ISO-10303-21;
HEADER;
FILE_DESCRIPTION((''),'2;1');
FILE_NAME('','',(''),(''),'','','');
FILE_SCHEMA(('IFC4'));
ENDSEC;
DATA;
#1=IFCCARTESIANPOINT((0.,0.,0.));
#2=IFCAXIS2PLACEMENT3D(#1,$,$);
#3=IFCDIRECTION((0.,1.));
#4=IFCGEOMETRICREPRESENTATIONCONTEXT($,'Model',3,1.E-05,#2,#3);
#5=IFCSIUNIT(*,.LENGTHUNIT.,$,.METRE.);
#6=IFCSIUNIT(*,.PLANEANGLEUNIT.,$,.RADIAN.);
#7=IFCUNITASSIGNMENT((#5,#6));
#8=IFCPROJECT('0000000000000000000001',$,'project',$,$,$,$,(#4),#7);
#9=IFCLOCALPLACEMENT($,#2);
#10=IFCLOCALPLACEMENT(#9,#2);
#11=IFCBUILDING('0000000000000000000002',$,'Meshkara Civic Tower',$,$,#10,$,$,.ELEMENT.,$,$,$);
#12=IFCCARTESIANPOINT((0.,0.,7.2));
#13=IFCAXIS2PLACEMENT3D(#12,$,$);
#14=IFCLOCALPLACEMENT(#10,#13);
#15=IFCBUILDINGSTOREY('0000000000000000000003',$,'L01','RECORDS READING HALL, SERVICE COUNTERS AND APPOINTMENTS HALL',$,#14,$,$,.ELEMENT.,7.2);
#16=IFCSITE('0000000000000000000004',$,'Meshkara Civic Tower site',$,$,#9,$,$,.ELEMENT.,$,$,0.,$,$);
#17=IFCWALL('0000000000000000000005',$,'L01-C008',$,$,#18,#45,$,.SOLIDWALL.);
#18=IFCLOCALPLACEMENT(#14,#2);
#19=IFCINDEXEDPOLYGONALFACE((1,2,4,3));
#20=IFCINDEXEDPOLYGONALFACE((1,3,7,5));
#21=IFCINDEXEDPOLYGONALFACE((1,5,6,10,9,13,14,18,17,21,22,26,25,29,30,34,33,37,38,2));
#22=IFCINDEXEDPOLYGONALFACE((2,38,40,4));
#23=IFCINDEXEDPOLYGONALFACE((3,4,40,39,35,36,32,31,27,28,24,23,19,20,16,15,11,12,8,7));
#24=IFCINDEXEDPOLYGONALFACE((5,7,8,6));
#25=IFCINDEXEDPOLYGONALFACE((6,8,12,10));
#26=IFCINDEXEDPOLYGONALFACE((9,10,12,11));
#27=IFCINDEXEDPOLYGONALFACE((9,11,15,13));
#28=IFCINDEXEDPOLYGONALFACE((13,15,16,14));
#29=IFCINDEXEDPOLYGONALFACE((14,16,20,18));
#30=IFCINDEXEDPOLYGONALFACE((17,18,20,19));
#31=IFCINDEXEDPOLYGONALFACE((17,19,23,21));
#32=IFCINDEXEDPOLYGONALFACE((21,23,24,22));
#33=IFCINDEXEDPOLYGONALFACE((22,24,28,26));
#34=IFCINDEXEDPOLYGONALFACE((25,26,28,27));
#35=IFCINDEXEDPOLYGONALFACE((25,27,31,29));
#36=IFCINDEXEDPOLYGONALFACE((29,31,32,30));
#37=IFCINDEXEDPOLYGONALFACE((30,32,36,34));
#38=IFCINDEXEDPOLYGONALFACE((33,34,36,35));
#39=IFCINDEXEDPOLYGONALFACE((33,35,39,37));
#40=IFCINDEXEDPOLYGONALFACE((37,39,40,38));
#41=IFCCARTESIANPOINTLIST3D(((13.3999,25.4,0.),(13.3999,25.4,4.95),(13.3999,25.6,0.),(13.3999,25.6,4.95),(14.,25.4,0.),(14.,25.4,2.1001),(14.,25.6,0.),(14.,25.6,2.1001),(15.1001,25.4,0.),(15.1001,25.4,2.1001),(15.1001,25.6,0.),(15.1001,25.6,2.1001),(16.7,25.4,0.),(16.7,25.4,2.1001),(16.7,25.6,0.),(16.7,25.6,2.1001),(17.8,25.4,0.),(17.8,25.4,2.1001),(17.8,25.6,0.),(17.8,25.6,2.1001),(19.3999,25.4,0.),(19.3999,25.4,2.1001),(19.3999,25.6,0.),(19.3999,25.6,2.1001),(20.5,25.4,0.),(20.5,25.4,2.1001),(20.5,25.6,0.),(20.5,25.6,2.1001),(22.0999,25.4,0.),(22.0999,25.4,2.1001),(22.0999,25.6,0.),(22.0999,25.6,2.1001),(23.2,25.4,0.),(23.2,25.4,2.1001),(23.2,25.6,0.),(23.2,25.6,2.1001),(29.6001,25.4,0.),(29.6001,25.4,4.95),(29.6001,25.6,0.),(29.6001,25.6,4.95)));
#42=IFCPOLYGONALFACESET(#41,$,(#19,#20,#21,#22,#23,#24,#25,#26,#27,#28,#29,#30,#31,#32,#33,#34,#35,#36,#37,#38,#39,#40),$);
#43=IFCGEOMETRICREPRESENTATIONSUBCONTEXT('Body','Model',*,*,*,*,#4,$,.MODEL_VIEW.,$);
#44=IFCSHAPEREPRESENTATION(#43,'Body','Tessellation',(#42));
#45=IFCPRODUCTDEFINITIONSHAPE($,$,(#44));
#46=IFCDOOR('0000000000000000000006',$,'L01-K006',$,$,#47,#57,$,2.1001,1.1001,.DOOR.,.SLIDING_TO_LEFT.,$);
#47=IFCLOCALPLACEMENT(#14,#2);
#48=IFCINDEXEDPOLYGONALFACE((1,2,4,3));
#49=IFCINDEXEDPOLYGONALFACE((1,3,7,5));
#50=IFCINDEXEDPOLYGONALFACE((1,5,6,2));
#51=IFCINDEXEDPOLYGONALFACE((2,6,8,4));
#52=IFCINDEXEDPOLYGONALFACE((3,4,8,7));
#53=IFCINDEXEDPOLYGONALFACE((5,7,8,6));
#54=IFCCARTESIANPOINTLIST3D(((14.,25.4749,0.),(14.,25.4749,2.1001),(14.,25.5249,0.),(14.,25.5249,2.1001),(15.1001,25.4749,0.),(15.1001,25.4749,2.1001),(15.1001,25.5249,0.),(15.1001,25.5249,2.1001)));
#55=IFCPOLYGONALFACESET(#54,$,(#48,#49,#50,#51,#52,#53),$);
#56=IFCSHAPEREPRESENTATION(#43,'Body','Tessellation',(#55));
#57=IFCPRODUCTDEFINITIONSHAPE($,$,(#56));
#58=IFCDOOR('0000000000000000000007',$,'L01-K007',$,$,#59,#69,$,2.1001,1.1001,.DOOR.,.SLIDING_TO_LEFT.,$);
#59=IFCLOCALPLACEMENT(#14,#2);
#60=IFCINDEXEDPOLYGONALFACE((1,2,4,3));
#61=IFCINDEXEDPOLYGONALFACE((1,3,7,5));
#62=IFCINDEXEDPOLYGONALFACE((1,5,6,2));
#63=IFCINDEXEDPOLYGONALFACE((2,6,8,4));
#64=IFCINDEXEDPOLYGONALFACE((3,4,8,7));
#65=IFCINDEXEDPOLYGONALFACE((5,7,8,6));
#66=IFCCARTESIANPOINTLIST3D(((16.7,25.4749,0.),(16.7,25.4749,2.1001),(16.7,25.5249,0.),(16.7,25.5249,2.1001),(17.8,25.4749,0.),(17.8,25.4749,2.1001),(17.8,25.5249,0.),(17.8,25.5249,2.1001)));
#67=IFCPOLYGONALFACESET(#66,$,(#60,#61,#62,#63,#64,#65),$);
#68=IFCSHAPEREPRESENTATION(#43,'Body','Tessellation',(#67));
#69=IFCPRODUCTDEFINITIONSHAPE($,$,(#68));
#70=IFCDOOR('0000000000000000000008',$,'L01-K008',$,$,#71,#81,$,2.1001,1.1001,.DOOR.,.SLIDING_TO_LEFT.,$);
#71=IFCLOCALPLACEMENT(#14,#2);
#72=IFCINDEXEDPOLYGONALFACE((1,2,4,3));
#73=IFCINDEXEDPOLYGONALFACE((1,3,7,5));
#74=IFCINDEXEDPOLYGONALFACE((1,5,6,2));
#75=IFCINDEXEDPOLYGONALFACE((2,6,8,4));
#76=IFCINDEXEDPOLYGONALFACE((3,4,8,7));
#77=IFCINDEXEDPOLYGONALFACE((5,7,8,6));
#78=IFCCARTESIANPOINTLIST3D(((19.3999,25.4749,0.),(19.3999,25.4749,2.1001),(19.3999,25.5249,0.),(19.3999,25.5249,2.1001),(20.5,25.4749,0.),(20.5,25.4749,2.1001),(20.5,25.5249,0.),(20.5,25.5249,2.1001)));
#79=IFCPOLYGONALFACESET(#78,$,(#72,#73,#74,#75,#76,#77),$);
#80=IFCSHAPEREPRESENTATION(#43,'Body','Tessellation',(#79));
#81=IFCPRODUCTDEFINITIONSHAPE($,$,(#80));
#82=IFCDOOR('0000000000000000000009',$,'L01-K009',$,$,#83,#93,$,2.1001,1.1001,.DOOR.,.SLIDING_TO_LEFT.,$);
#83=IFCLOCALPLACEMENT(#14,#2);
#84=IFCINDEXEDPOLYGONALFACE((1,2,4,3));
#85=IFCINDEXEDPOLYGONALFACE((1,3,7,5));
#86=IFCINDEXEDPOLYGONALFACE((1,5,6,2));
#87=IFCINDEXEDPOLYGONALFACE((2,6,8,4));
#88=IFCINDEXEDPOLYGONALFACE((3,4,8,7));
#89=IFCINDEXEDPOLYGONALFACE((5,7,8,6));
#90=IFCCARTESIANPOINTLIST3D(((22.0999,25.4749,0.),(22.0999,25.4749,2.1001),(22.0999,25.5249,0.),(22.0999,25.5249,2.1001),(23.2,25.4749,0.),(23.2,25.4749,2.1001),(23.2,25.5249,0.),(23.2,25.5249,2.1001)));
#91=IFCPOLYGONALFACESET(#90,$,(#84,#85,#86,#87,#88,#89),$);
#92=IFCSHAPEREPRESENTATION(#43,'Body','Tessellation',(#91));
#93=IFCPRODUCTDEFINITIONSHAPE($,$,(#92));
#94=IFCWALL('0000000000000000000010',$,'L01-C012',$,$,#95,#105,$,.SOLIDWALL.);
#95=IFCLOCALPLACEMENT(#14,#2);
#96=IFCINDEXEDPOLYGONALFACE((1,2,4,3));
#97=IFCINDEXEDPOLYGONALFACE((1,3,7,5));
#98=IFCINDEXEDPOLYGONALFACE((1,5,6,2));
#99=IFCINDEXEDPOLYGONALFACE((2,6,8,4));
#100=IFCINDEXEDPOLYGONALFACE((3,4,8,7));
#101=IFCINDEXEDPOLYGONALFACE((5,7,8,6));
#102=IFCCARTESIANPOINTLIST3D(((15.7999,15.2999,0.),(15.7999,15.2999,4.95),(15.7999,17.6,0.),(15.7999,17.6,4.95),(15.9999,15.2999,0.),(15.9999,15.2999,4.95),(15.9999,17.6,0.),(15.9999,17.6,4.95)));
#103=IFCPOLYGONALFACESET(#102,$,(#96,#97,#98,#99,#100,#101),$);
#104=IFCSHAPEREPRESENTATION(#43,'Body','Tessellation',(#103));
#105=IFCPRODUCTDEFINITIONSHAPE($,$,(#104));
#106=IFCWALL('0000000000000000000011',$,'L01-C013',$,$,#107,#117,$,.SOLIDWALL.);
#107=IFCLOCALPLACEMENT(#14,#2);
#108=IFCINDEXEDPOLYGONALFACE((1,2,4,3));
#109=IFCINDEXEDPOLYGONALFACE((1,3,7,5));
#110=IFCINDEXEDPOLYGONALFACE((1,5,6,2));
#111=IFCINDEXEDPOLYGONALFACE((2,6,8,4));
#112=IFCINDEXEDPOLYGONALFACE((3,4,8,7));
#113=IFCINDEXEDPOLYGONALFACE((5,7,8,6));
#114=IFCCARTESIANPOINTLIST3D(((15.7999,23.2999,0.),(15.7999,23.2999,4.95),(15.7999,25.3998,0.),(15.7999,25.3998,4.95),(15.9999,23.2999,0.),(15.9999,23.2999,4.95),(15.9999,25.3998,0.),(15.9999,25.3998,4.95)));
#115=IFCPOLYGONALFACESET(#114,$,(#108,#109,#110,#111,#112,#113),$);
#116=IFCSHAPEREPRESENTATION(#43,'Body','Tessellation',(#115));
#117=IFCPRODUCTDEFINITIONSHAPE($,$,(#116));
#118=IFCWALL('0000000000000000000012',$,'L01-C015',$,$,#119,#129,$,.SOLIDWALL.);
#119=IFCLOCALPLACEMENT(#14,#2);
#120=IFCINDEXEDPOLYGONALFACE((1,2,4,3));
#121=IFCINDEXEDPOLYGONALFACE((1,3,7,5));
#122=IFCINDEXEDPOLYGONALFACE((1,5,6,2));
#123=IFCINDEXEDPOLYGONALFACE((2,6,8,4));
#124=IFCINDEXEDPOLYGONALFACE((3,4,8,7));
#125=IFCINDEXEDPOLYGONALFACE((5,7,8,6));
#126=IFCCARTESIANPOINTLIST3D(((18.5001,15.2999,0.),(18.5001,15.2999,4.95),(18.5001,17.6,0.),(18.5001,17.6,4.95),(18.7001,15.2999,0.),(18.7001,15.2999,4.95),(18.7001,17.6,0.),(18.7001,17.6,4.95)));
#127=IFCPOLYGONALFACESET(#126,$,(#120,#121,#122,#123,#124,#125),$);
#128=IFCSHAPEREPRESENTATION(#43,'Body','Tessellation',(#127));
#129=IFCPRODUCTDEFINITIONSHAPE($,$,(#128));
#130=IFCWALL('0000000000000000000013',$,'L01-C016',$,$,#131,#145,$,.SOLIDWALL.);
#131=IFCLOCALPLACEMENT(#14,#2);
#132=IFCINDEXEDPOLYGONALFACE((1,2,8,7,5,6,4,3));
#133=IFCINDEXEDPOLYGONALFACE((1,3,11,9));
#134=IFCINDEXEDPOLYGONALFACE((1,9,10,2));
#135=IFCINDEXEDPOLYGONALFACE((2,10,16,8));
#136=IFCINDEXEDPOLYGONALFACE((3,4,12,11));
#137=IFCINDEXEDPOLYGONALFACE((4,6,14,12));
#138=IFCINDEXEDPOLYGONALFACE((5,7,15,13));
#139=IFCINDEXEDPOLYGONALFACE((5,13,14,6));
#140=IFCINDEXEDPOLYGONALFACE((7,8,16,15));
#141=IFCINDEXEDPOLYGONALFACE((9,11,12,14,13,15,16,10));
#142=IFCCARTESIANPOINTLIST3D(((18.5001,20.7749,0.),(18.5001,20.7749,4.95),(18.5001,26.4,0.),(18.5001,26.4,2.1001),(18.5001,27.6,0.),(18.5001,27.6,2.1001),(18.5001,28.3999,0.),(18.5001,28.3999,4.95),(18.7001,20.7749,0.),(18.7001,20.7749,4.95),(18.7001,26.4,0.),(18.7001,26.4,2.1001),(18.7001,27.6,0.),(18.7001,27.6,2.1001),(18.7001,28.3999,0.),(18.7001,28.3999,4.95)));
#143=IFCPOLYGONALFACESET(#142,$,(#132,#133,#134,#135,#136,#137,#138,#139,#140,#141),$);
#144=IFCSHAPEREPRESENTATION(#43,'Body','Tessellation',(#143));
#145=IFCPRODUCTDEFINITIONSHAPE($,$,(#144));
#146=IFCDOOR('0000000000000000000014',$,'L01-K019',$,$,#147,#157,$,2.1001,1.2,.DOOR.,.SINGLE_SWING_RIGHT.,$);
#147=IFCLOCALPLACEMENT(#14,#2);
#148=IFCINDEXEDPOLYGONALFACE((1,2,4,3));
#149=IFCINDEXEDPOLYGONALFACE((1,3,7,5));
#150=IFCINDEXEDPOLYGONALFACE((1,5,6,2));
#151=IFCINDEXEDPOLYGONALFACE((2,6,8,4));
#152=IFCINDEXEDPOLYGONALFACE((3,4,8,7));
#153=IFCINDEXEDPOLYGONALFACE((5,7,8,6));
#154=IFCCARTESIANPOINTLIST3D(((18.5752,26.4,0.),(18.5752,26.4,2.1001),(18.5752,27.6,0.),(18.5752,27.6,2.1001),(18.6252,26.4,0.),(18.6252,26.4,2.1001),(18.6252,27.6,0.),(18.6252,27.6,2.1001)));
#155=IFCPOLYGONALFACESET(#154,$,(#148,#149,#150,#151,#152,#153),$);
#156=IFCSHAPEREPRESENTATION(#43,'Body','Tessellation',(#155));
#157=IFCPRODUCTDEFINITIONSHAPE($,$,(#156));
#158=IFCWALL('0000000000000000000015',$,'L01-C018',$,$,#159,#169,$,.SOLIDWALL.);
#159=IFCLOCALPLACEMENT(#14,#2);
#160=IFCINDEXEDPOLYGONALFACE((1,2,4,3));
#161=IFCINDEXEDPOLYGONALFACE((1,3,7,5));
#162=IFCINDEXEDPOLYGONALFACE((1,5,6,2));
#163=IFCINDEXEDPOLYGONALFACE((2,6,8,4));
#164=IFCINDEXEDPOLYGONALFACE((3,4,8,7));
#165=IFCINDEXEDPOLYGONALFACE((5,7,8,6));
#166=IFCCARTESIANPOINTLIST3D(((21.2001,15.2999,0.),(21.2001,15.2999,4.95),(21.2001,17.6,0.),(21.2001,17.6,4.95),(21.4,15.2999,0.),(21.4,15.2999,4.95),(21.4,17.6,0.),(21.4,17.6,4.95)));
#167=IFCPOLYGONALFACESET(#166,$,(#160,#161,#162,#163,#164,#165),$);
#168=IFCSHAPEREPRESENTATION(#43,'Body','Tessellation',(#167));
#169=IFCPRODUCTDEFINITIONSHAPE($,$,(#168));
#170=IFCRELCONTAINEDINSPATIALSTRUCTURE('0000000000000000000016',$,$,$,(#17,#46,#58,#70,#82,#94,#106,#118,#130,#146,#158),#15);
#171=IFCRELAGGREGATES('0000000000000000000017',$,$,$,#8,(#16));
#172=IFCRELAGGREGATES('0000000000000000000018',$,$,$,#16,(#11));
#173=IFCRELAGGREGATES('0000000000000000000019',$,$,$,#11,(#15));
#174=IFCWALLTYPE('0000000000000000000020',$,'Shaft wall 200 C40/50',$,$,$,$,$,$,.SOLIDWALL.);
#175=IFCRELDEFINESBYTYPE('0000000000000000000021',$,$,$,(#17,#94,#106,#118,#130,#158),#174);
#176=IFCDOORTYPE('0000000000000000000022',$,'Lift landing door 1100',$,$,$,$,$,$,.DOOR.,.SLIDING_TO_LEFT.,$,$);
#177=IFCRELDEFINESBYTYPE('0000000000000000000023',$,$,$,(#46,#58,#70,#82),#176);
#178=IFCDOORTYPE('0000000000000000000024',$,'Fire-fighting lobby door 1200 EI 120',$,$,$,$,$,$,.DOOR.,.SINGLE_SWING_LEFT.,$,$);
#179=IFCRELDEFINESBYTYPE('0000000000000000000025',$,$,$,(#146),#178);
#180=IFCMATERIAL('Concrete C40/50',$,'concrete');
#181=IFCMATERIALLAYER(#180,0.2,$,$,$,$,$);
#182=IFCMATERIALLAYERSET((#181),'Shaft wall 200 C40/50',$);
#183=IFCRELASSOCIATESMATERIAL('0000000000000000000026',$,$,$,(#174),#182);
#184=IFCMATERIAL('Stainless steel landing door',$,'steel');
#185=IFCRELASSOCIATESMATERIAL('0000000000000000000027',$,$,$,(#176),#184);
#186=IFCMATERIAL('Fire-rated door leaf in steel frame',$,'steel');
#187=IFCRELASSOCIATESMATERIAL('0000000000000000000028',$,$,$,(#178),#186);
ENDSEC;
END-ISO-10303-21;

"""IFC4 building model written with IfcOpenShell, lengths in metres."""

from ifc_helpers import new_model, si_unit, direction, frame, frame_2d, origin, place, context, subcontext, project, spatial, rectangle, extrude, material, layer, layer_set, type_object, element, fill, save


model = new_model("IFC4")

# Units and contexts
model_context = context("Model", 3, precision=1e-05, world=origin(), true_north=direction((0.0, 1.0)))
body_context = subcontext(model_context, "Body", "Model", "MODEL_VIEW")
ifc_project = project(units=[si_unit("LENGTHUNIT", "METRE"), si_unit("PLANEANGLEUNIT", "RADIAN")], contexts=[model_context])

# Site, building, storey
site_placement = place(None, origin())
site = spatial("IfcSite", under=ifc_project, at=site_placement, Name="Meshkara Civic Tower site", CompositionType="ELEMENT", RefElevation=0.0)
building_placement = place(site_placement, origin())
building = spatial("IfcBuilding", under=site, at=building_placement, Name="Meshkara Civic Tower", CompositionType="ELEMENT")
storey_placement = place(building_placement, frame((0.0, 0.0, 7.2)))
storey = spatial("IfcBuildingStorey", under=building, at=storey_placement, Name="L01", Description="RECORDS READING HALL, SERVICE COUNTERS AND APPOINTMENTS HALL", CompositionType="ELEMENT", Elevation=7.2)

# Wall, openings, doors
ifc_material_1 = material(Name="Concrete C40/50", Category="concrete")
ifc_layer_1 = layer(ifc_material_1, 0.2)
ifc_layer_set_1 = layer_set([ifc_layer_1], Name="Shaft wall 200 C40/50")
wall_type_1 = type_object("IfcWallType", Name="Shaft wall 200 C40/50", PredefinedType="SOLIDWALL", material=ifc_layer_set_1)
wall_1_placement = place(storey_placement, frame((13.3999, 25.5, 0.0), z_axis=(0.0, 0.0, 1.0), x_axis=(1.0, 0.0, 0.0)))
wall_1 = element("IfcWall", 1, at=wall_1_placement, inside=storey, type_object=wall_type_1, Name="L01-C008", PredefinedType="SOLIDWALL", context=body_context, shape_type="SweptSolid", body=[
    extrude(rectangle(XDim=16.2002, YDim=0.2, at=frame_2d((8.1001, 0.0))), origin(), (0.0, 0.0, 1.0), 4.95),
])
opening_1_placement = place(wall_1_placement, frame((0.6001, 0.0, 0.0)))
opening_1 = element("IfcOpeningElement", 2, at=opening_1_placement, cuts=wall_1, PredefinedType="OPENING", context=body_context, shape_type="SweptSolid", body=[
    extrude(rectangle(XDim=1.1001, YDim=2.1001, at=frame_2d((0.55, 1.05))), frame((0.0, 0.1099, 0.0), z_axis=(0.0, -1.0, 0.0), x_axis=(1.0, 0.0, 0.0)), (0.0, 0.0, 1.0), 0.22),
])
opening_2_placement = place(wall_1_placement, frame((3.3, 0.0, 0.0)))
opening_2 = element("IfcOpeningElement", 3, at=opening_2_placement, cuts=wall_1, PredefinedType="OPENING", context=body_context, shape_type="SweptSolid", body=[
    extrude(rectangle(XDim=1.1001, YDim=2.1001, at=frame_2d((0.55, 1.05))), frame((0.0, 0.1099, 0.0), z_axis=(0.0, -1.0, 0.0), x_axis=(1.0, 0.0, 0.0)), (0.0, 0.0, 1.0), 0.22),
])
opening_3_placement = place(wall_1_placement, frame((6.0, 0.0, 0.0)))
opening_3 = element("IfcOpeningElement", 4, at=opening_3_placement, cuts=wall_1, PredefinedType="OPENING", context=body_context, shape_type="SweptSolid", body=[
    extrude(rectangle(XDim=1.1001, YDim=2.1001, at=frame_2d((0.55, 1.05))), frame((0.0, 0.1099, 0.0), z_axis=(0.0, -1.0, 0.0), x_axis=(1.0, 0.0, 0.0)), (0.0, 0.0, 1.0), 0.22),
])
opening_4_placement = place(wall_1_placement, frame((8.7, 0.0, 0.0)))
opening_4 = element("IfcOpeningElement", 5, at=opening_4_placement, cuts=wall_1, PredefinedType="OPENING", context=body_context, shape_type="SweptSolid", body=[
    extrude(rectangle(XDim=1.1001, YDim=2.1001, at=frame_2d((0.55, 1.05))), frame((0.0, 0.1099, 0.0), z_axis=(0.0, -1.0, 0.0), x_axis=(1.0, 0.0, 0.0)), (0.0, 0.0, 1.0), 0.22),
])
ifc_material_2 = material(Name="Stainless steel landing door", Category="steel")
door_type_1 = type_object("IfcDoorType", Name="Lift landing door 1100", OperationType="SLIDING_TO_LEFT", PredefinedType="DOOR", material=ifc_material_2)
door_1_placement = place(opening_1_placement, origin())
door_1 = element("IfcDoor", 6, at=door_1_placement, inside=storey, type_object=door_type_1, Name="L01-K006", OperationType="SLIDING_TO_LEFT", OverallHeight=2.1001, OverallWidth=1.1001, PredefinedType="DOOR", context=body_context, shape_type="SweptSolid", body=[
    extrude(rectangle(XDim=1.1001, YDim=2.1001, at=frame_2d((0.55, 1.05))), frame((0.0, 0.0249, 0.0), z_axis=(0.0, -1.0, 0.0), x_axis=(1.0, 0.0, 0.0)), (0.0, 0.0, 1.0), 0.05),
])
fill(opening_1, door_1)
door_2_placement = place(opening_2_placement, origin())
door_2 = element("IfcDoor", 7, at=door_2_placement, inside=storey, type_object=door_type_1, Name="L01-K007", OperationType="SLIDING_TO_LEFT", OverallHeight=2.1001, OverallWidth=1.1001, PredefinedType="DOOR", context=body_context, shape_type="SweptSolid", body=[
    extrude(rectangle(XDim=1.1001, YDim=2.1001, at=frame_2d((0.55, 1.05))), frame((0.0, 0.0249, 0.0), z_axis=(0.0, -1.0, 0.0), x_axis=(1.0, 0.0, 0.0)), (0.0, 0.0, 1.0), 0.05),
])
fill(opening_2, door_2)
door_3_placement = place(opening_3_placement, origin())
door_3 = element("IfcDoor", 8, at=door_3_placement, inside=storey, type_object=door_type_1, Name="L01-K008", OperationType="SLIDING_TO_LEFT", OverallHeight=2.1001, OverallWidth=1.1001, PredefinedType="DOOR", context=body_context, shape_type="SweptSolid", body=[
    extrude(rectangle(XDim=1.1001, YDim=2.1001, at=frame_2d((0.55, 1.05))), frame((0.0, 0.0249, 0.0), z_axis=(0.0, -1.0, 0.0), x_axis=(1.0, 0.0, 0.0)), (0.0, 0.0, 1.0), 0.05),
])
fill(opening_3, door_3)
door_4_placement = place(opening_4_placement, origin())
door_4 = element("IfcDoor", 9, at=door_4_placement, inside=storey, type_object=door_type_1, Name="L01-K009", OperationType="SLIDING_TO_LEFT", OverallHeight=2.1001, OverallWidth=1.1001, PredefinedType="DOOR", context=body_context, shape_type="SweptSolid", body=[
    extrude(rectangle(XDim=1.1001, YDim=2.1001, at=frame_2d((0.55, 1.05))), frame((0.0, 0.0249, 0.0), z_axis=(0.0, -1.0, 0.0), x_axis=(1.0, 0.0, 0.0)), (0.0, 0.0, 1.0), 0.05),
])
fill(opening_4, door_4)

# Walls
wall_2_placement = place(storey_placement, frame((15.8999, 15.3, 0.0), z_axis=(0.0, 0.0, 1.0), x_axis=(0.0, 1.0, 0.0)))
element("IfcWall", 10, at=wall_2_placement, inside=storey, type_object=wall_type_1, Name="L01-C012", PredefinedType="SOLIDWALL", context=body_context, shape_type="SweptSolid", body=[
    extrude(rectangle(XDim=2.3, YDim=0.2, at=frame_2d((1.1499, 0.0))), origin(), (0.0, 0.0, 1.0), 4.95),
])
wall_3_placement = place(storey_placement, frame((15.8999, 23.3, 0.0), z_axis=(0.0, 0.0, 1.0), x_axis=(0.0, 1.0, 0.0)))
element("IfcWall", 11, at=wall_3_placement, inside=storey, type_object=wall_type_1, Name="L01-C013", PredefinedType="SOLIDWALL", context=body_context, shape_type="SweptSolid", body=[
    extrude(rectangle(XDim=2.0999, YDim=0.2, at=frame_2d((1.0498, 0.0))), origin(), (0.0, 0.0, 1.0), 4.95),
])
wall_4_placement = place(storey_placement, frame((18.6001, 15.3, 0.0), z_axis=(0.0, 0.0, 1.0), x_axis=(0.0, 1.0, 0.0)))
element("IfcWall", 12, at=wall_4_placement, inside=storey, type_object=wall_type_1, Name="L01-C015", PredefinedType="SOLIDWALL", context=body_context, shape_type="SweptSolid", body=[
    extrude(rectangle(XDim=2.3, YDim=0.2, at=frame_2d((1.1499, 0.0))), origin(), (0.0, 0.0, 1.0), 4.95),
])

# Wall, opening, door
wall_5_placement = place(storey_placement, frame((18.6001, 20.7749, 0.0), z_axis=(0.0, 0.0, 1.0), x_axis=(0.0, 1.0, 0.0)))
wall_5 = element("IfcWall", 13, at=wall_5_placement, inside=storey, type_object=wall_type_1, Name="L01-C016", PredefinedType="SOLIDWALL", context=body_context, shape_type="SweptSolid", body=[
    extrude(rectangle(XDim=7.625, YDim=0.2, at=frame_2d((3.8125, 0.0))), origin(), (0.0, 0.0, 1.0), 4.95),
])
opening_5_placement = place(wall_5_placement, frame((5.625, 0.0, 0.0)))
opening_5 = element("IfcOpeningElement", 14, at=opening_5_placement, cuts=wall_5, PredefinedType="OPENING", context=body_context, shape_type="SweptSolid", body=[
    extrude(rectangle(XDim=1.2, YDim=2.1001, at=frame_2d((0.6001, 1.05))), frame((0.0, 0.1099, 0.0), z_axis=(0.0, -1.0, 0.0), x_axis=(1.0, 0.0, 0.0)), (0.0, 0.0, 1.0), 0.22),
])
ifc_material_3 = material(Name="Fire-rated door leaf in steel frame", Category="steel")
door_type_2 = type_object("IfcDoorType", Name="Fire-fighting lobby door 1200 EI 120", OperationType="SINGLE_SWING_LEFT", PredefinedType="DOOR", material=ifc_material_3)
door_5_placement = place(opening_5_placement, origin())
door_5 = element("IfcDoor", 15, at=door_5_placement, inside=storey, type_object=door_type_2, Name="L01-K019", OperationType="SINGLE_SWING_RIGHT", OverallHeight=2.1001, OverallWidth=1.2, PredefinedType="DOOR", context=body_context, shape_type="SweptSolid", body=[
    extrude(rectangle(XDim=1.2, YDim=2.1001, at=frame_2d((0.6001, 1.05))), frame((0.0, 0.0249, 0.0), z_axis=(0.0, -1.0, 0.0), x_axis=(1.0, 0.0, 0.0)), (0.0, 0.0, 1.0), 0.05),
])
fill(opening_5, door_5)

# Wall
wall_6_placement = place(storey_placement, frame((21.3, 15.3, 0.0), z_axis=(0.0, 0.0, 1.0), x_axis=(0.0, 1.0, 0.0)))
element("IfcWall", 16, at=wall_6_placement, inside=storey, type_object=wall_type_1, Name="L01-C018", PredefinedType="SOLIDWALL", context=body_context, shape_type="SweptSolid", body=[
    extrude(rectangle(XDim=2.3, YDim=0.2, at=frame_2d((1.1499, 0.0))), origin(), (0.0, 0.0, 1.0), 4.95),
])

save(model, "model.ifc")
